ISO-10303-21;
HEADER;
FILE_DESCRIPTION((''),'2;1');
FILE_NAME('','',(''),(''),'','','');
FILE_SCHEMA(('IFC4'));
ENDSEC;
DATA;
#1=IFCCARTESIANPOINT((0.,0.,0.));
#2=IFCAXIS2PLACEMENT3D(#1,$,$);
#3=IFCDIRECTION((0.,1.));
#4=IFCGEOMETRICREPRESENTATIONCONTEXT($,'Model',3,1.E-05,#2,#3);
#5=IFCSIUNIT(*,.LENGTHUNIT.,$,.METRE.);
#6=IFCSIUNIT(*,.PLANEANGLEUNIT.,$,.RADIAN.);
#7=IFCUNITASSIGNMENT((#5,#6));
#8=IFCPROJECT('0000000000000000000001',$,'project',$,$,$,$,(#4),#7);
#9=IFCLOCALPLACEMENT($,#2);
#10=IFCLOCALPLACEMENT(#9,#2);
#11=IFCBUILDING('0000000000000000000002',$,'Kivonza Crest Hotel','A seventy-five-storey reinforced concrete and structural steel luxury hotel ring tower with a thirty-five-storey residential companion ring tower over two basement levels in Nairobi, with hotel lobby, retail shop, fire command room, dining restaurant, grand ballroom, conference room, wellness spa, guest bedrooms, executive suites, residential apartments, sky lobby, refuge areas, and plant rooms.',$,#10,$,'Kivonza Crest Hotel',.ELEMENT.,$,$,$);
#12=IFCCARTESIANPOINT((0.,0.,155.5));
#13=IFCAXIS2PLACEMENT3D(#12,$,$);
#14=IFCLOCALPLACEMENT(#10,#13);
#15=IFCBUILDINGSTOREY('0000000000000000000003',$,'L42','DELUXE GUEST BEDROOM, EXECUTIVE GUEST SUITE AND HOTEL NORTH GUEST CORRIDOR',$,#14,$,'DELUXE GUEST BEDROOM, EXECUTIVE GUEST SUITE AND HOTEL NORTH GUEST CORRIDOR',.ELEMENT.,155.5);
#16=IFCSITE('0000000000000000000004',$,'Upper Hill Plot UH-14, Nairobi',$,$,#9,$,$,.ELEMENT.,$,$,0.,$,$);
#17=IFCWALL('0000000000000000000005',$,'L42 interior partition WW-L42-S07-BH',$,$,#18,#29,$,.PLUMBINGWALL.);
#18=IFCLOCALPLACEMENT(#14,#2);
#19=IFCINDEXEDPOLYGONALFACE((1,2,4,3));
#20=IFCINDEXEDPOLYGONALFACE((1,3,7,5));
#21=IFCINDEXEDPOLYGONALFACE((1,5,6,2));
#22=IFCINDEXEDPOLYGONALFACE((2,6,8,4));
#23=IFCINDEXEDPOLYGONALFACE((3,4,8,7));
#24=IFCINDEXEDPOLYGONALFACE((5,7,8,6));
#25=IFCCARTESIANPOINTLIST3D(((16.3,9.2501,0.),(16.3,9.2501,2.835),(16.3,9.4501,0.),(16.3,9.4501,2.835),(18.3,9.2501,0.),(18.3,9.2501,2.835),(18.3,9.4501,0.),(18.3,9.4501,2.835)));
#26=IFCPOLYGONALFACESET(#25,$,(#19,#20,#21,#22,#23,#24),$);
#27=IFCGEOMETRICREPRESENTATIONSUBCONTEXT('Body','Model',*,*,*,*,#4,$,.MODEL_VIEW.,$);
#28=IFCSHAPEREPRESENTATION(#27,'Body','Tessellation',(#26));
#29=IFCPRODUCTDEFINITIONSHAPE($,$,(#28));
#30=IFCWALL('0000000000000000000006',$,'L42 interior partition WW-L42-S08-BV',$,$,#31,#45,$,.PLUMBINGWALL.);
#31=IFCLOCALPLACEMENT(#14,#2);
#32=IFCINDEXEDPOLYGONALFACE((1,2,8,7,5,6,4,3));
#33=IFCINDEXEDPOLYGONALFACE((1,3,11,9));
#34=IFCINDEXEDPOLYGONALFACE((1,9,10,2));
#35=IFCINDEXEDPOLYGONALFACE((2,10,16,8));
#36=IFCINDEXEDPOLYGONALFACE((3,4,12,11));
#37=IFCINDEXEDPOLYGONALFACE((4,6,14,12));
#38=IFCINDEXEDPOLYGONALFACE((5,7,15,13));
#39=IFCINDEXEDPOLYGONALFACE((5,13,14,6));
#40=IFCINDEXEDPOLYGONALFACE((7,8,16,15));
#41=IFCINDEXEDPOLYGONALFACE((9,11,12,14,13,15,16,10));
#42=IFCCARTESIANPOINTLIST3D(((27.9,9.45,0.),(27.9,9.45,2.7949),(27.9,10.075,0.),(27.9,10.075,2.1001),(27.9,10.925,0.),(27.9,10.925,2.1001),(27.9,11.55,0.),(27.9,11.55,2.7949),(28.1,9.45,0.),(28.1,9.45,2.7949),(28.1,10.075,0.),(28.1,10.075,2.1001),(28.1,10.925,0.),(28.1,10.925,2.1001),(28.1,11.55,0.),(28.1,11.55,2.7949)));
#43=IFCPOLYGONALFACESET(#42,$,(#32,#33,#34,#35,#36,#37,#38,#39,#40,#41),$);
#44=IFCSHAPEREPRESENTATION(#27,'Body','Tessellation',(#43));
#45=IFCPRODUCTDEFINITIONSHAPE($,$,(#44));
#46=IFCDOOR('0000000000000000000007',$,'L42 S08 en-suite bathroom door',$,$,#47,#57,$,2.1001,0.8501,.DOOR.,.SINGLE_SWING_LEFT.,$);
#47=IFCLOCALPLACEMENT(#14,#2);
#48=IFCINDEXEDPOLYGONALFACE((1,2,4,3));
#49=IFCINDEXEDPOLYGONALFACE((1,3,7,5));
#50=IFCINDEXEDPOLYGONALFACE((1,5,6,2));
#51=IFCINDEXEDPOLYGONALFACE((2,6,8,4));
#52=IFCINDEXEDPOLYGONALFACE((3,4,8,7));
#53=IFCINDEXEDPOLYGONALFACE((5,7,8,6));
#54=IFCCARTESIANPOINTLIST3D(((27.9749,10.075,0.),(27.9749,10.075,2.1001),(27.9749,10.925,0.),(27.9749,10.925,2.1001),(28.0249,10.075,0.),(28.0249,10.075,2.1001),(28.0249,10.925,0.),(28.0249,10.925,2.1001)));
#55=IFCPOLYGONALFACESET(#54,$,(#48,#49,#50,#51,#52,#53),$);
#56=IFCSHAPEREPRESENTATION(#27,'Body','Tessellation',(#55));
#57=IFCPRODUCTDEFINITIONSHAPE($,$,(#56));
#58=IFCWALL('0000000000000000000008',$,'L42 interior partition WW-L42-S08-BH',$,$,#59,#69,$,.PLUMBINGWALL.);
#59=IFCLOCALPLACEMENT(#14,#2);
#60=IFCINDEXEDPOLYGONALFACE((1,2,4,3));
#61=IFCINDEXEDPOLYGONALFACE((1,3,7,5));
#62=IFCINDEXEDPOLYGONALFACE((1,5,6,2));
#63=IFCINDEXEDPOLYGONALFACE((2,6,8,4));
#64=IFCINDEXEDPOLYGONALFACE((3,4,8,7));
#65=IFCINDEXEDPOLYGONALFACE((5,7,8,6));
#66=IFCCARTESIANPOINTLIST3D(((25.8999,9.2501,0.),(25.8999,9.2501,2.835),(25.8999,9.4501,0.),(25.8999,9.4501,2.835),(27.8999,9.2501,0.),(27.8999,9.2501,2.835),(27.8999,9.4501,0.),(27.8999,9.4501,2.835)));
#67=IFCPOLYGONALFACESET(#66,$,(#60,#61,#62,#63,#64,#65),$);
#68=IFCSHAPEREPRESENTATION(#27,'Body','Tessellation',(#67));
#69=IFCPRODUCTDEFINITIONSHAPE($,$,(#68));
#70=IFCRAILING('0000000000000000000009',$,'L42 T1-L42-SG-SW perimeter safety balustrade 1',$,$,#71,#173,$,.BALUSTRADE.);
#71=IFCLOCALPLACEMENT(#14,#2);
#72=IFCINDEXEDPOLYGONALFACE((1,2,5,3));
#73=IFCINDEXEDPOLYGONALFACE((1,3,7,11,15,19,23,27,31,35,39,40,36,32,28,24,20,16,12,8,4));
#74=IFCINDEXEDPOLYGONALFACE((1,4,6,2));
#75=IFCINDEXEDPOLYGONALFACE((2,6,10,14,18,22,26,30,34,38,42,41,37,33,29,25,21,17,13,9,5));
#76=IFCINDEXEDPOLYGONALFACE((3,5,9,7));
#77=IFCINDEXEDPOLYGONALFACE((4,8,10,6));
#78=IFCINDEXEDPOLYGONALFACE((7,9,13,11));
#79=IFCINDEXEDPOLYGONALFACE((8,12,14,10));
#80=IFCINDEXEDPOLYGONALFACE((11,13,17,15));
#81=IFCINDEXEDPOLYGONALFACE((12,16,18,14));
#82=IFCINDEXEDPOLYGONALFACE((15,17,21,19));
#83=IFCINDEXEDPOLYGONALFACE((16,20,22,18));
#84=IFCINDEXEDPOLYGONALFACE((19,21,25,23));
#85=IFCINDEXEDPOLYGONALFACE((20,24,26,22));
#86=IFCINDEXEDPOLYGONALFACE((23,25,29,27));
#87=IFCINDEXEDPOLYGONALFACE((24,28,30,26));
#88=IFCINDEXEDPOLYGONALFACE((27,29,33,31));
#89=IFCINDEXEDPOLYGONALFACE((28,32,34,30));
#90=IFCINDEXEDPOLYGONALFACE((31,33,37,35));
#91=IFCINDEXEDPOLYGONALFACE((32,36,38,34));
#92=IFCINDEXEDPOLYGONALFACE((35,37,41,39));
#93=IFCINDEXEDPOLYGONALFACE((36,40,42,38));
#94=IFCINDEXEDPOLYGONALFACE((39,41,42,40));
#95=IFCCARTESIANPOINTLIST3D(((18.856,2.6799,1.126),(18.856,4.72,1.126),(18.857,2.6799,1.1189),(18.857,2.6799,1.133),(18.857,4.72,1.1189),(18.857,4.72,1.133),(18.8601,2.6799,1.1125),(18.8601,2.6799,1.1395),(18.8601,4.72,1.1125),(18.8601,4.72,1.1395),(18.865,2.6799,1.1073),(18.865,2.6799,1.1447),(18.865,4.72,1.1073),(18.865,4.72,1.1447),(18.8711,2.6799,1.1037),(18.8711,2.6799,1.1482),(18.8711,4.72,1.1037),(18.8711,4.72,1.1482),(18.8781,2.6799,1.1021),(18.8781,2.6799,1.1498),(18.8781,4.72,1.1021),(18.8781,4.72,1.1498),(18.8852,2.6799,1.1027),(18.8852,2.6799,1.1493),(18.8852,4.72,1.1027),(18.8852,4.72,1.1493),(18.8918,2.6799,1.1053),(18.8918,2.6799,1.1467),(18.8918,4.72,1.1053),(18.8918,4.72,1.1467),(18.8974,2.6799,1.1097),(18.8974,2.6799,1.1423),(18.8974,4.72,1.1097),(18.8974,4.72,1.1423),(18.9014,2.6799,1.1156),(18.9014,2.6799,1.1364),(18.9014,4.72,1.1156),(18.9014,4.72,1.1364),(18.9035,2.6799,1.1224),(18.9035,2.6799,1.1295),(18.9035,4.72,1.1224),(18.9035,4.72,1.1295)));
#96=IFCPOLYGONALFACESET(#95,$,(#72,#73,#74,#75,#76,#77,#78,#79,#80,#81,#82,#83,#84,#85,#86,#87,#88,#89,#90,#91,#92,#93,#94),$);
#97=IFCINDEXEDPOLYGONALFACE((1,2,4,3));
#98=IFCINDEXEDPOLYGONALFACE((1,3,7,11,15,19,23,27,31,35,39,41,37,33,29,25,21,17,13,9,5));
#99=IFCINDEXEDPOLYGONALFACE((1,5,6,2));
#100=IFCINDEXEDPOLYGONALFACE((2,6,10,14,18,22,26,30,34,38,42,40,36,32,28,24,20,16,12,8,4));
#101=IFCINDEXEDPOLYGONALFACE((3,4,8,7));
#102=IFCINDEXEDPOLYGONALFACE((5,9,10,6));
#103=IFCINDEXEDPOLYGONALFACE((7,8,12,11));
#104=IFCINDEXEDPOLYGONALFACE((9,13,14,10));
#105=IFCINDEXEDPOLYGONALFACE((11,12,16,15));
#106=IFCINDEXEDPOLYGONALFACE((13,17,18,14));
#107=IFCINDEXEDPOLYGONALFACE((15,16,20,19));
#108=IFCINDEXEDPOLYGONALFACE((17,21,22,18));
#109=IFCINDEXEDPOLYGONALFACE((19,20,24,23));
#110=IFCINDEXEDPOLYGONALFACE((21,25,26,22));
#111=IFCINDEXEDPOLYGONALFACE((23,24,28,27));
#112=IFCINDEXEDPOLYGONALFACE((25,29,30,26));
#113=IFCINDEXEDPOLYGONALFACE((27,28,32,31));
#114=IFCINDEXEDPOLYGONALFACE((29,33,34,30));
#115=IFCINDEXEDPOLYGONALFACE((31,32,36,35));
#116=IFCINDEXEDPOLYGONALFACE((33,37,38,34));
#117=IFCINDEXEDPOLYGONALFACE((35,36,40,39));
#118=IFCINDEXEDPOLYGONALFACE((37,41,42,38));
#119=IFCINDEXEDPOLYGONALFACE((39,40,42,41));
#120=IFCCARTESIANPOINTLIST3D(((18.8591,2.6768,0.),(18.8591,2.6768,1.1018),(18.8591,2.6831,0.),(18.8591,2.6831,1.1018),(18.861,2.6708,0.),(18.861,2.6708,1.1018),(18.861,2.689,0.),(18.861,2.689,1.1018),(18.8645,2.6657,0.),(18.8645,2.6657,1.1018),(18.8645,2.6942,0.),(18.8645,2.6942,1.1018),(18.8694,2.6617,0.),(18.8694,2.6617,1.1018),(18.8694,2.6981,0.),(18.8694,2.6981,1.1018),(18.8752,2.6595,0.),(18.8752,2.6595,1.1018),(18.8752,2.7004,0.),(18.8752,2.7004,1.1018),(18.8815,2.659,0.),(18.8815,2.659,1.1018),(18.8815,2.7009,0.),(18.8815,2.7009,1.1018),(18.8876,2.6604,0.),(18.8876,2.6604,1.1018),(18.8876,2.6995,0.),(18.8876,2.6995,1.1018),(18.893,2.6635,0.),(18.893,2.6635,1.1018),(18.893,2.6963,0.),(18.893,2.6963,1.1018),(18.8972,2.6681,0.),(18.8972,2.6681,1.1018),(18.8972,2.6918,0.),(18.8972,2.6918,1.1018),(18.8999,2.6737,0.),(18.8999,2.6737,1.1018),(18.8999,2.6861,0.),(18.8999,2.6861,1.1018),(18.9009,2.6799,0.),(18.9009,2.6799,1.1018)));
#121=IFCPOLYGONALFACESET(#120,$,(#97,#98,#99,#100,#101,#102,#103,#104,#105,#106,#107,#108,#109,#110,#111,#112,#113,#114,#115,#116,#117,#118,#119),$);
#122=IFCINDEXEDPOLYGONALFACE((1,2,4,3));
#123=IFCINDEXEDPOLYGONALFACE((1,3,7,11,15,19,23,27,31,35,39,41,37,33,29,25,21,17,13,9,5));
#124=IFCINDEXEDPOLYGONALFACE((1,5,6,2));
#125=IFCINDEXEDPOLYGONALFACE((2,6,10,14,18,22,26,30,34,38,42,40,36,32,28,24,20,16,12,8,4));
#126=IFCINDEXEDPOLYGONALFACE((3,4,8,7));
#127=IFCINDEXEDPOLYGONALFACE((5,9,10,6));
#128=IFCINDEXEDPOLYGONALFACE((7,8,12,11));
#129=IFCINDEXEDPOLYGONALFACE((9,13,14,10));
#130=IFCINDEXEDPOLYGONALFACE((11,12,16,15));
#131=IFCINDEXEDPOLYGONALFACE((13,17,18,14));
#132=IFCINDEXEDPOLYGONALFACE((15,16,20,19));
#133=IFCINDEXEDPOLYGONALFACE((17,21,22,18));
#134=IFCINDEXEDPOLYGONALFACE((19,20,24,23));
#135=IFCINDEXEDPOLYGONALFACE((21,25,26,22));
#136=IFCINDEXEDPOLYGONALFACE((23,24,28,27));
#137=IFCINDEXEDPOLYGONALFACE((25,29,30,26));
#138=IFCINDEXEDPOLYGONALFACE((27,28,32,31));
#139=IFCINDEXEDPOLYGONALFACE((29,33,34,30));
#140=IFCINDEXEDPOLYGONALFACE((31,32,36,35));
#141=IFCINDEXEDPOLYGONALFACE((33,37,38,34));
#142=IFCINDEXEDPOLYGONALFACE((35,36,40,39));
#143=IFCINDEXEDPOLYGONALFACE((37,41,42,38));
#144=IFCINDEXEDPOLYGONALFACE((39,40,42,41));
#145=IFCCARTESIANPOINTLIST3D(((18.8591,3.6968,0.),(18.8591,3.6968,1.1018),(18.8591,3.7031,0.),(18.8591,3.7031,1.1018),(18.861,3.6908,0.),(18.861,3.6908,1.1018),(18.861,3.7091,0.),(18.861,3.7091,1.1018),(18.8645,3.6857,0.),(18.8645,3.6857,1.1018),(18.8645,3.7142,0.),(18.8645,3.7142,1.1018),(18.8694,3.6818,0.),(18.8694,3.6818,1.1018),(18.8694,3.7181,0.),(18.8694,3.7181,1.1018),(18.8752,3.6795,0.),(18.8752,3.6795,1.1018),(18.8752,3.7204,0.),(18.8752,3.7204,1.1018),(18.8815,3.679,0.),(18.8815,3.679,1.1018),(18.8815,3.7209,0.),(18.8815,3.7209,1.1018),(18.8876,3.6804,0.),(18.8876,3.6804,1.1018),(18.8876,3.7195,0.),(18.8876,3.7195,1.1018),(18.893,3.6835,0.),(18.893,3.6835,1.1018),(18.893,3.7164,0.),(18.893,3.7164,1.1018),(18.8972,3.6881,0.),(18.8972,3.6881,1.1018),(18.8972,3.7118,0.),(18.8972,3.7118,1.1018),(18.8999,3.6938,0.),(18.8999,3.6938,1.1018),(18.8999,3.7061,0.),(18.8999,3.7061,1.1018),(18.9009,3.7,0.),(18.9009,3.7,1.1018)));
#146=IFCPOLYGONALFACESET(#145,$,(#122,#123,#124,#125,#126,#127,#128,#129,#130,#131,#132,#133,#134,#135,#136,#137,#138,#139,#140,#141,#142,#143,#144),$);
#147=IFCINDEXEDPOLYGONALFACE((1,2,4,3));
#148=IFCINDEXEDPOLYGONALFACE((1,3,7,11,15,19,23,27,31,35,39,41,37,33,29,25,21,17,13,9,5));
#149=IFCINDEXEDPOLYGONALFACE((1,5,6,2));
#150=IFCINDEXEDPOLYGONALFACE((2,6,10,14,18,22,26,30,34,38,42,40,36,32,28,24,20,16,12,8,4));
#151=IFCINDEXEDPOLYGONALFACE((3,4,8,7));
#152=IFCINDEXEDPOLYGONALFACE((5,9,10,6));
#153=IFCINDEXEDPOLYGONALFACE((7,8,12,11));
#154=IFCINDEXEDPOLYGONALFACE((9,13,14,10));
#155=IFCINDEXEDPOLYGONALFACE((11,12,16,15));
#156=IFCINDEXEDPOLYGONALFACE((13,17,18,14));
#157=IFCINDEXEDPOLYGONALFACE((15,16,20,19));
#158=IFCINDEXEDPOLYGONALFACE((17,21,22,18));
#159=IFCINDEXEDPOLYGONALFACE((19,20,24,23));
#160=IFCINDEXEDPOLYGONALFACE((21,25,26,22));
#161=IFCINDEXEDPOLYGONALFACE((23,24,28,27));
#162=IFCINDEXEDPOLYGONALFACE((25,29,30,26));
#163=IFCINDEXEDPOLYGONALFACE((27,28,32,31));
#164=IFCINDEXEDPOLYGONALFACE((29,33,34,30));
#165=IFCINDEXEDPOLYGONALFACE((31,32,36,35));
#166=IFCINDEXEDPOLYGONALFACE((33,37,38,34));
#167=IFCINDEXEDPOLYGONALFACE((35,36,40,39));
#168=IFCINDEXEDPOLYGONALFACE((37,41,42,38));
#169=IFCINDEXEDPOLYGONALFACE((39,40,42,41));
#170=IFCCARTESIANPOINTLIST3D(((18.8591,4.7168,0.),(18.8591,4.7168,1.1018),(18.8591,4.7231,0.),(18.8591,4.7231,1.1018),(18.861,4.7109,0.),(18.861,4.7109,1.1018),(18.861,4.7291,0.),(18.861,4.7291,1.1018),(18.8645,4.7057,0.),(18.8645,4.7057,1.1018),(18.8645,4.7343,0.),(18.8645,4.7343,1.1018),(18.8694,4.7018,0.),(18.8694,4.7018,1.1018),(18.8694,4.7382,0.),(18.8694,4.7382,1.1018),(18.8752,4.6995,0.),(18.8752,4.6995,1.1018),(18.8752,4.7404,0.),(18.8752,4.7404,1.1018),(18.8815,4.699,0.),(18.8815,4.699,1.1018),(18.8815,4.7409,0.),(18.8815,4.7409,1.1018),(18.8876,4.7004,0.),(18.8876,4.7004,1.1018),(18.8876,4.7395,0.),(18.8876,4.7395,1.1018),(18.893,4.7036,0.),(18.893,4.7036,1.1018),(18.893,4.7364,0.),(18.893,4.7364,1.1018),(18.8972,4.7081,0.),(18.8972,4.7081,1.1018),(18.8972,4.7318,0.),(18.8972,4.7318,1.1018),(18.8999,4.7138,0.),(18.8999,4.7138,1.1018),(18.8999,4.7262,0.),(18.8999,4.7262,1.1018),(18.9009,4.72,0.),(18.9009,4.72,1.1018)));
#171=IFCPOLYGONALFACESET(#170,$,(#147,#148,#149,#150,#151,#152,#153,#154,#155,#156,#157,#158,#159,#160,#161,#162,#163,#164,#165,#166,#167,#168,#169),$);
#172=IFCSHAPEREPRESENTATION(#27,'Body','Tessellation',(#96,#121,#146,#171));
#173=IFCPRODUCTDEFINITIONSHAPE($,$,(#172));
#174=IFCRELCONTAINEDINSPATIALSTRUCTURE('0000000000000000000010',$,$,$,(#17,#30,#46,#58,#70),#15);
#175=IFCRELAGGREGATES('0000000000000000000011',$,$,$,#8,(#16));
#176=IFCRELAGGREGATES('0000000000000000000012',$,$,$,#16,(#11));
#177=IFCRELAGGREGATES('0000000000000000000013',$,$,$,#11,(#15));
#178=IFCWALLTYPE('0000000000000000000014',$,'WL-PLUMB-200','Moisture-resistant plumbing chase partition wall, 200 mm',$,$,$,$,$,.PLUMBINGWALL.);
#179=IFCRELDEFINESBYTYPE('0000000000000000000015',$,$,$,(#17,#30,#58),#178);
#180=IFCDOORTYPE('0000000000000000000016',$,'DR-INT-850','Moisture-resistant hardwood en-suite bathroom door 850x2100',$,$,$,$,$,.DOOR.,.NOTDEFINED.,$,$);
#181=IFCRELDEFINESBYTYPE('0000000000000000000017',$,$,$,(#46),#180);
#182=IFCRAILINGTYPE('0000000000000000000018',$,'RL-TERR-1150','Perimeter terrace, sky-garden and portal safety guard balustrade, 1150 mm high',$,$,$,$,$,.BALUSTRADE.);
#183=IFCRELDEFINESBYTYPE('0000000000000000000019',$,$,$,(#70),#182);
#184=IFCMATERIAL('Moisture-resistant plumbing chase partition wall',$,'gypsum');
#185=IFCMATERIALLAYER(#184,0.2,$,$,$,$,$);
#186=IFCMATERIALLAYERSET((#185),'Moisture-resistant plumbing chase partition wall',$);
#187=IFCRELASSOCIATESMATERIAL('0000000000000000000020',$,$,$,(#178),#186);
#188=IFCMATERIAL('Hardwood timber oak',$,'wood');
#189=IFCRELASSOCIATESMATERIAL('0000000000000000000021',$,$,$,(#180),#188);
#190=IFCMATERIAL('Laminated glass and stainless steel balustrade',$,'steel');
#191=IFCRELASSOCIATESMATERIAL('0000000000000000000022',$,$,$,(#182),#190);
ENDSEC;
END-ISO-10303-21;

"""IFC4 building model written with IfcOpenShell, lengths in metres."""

from ifc_helpers import new_model, si_unit, direction, frame, frame_2d, origin, origin_2d, place, context, subcontext, project, spatial, rectangle, circle, extrude, material, layer, layer_set, type_object, element, fill, save


model = new_model("IFC4")

# Units and contexts
model_context = context("Model", 3, precision=1e-05, world=origin(), true_north=direction((0.0, 1.0)))
body_context = subcontext(model_context, "Body", "Model", "MODEL_VIEW")
ifc_project = project(units=[si_unit("LENGTHUNIT", "METRE"), si_unit("PLANEANGLEUNIT", "RADIAN")], contexts=[model_context])

# Site, building, storey
site_placement = place(None, origin())
site = spatial("IfcSite", under=ifc_project, at=site_placement, Name="Upper Hill Plot UH-14, Nairobi", CompositionType="ELEMENT", RefElevation=0.0)
building_placement = place(site_placement, origin())
building = spatial("IfcBuilding", under=site, at=building_placement, Name="Kivonza Crest Hotel", Description="A seventy-five-storey reinforced concrete and structural steel luxury hotel ring tower with a thirty-five-storey residential companion ring tower over two basement levels in Nairobi, with hotel lobby, retail shop, fire command room, dining restaurant, grand ballroom, conference room, wellness spa, guest bedrooms, executive suites, residential apartments, sky lobby, refuge areas, and plant rooms.", LongName="Kivonza Crest Hotel", CompositionType="ELEMENT")
storey_placement = place(building_placement, frame((0.0, 0.0, 155.5)))
storey = spatial("IfcBuildingStorey", under=building, at=storey_placement, Name="L42", Description="DELUXE GUEST BEDROOM, EXECUTIVE GUEST SUITE AND HOTEL NORTH GUEST CORRIDOR", LongName="DELUXE GUEST BEDROOM, EXECUTIVE GUEST SUITE AND HOTEL NORTH GUEST CORRIDOR", CompositionType="ELEMENT", Elevation=155.5)

# Shared definitions
ifc_material_1 = material(Name="Hardwood timber oak", Category="wood")

# Shared definitions
ifc_material_2 = material(Name="Moisture-resistant plumbing chase partition wall", Category="gypsum")
ifc_layer_1 = layer(ifc_material_2, 0.2)
ifc_layer_set_1 = layer_set([ifc_layer_1], Name="Moisture-resistant plumbing chase partition wall")
wall_type_1 = type_object("IfcWallType", Name="WL-PLUMB-200", Description="Moisture-resistant plumbing chase partition wall, 200 mm", PredefinedType="PLUMBINGWALL", material=ifc_layer_set_1)
door_type_1 = type_object("IfcDoorType", Name="DR-INT-850", Description="Moisture-resistant hardwood en-suite bathroom door 850x2100", OperationType="NOTDEFINED", PredefinedType="DOOR", material=ifc_material_1)

# Wall
wall_1_placement = place(storey_placement, frame((16.3, 9.3501, 0.0), z_axis=(0.0, 0.0, 1.0), x_axis=(1.0, 0.0, 0.0)))
element("IfcWall", 1, at=wall_1_placement, inside=storey, type_object=wall_type_1, Name="L42 interior partition WW-L42-S07-BH", PredefinedType="PLUMBINGWALL", context=body_context, shape_type="SweptSolid", body=[
    extrude(rectangle(XDim=2.0, YDim=0.2, at=frame_2d((1.0, 0.0))), origin(), (0.0, 0.0, 1.0), 2.835),
])

# Wall, opening, door
wall_2_placement = place(storey_placement, frame((28.0, 9.45, 0.0), z_axis=(0.0, 0.0, 1.0), x_axis=(0.0, 1.0, 0.0)))
wall_2 = element("IfcWall", 2, at=wall_2_placement, inside=storey, type_object=wall_type_1, Name="L42 interior partition WW-L42-S08-BV", PredefinedType="PLUMBINGWALL", context=body_context, shape_type="SweptSolid", body=[
    extrude(rectangle(XDim=2.1001, YDim=0.2, at=frame_2d((1.05, 0.0))), origin(), (0.0, 0.0, 1.0), 2.7949),
])
opening_1_placement = place(wall_2_placement, frame((0.625, 0.0, 0.0)))
opening_1 = element("IfcOpeningElement", 3, at=opening_1_placement, cuts=wall_2, PredefinedType="OPENING", context=body_context, shape_type="SweptSolid", body=[
    extrude(rectangle(XDim=0.8501, YDim=2.1001, at=frame_2d((0.425, 1.05))), frame((0.0, 0.1099, 0.0), z_axis=(0.0, -1.0, 0.0), x_axis=(1.0, 0.0, 0.0)), (0.0, 0.0, 1.0), 0.22),
])
door_1_placement = place(opening_1_placement, frame((0.8501, 0.0, 0.0), z_axis=(0.0, 0.0, 1.0), x_axis=(-1.0, 0.0, 0.0)))
door_1 = element("IfcDoor", 4, at=door_1_placement, inside=storey, type_object=door_type_1, Name="L42 S08 en-suite bathroom door", OperationType="SINGLE_SWING_LEFT", OverallHeight=2.1001, OverallWidth=0.8501, PredefinedType="DOOR", context=body_context, shape_type="SweptSolid", body=[
    extrude(rectangle(XDim=0.8501, YDim=2.1001, at=frame_2d((0.425, 1.05))), frame((0.0, 0.0249, 0.0), z_axis=(0.0, -1.0, 0.0), x_axis=(1.0, 0.0, 0.0)), (0.0, 0.0, 1.0), 0.05),
])
fill(opening_1, door_1)

# Wall
wall_3_placement = place(storey_placement, frame((25.8999, 9.3501, 0.0), z_axis=(0.0, 0.0, 1.0), x_axis=(1.0, 0.0, 0.0)))
element("IfcWall", 5, at=wall_3_placement, inside=storey, type_object=wall_type_1, Name="L42 interior partition WW-L42-S08-BH", PredefinedType="PLUMBINGWALL", context=body_context, shape_type="SweptSolid", body=[
    extrude(rectangle(XDim=2.0, YDim=0.2, at=frame_2d((1.0, 0.0))), origin(), (0.0, 0.0, 1.0), 2.835),
])

# Railing
ifc_material_3 = material(Name="Laminated glass and stainless steel balustrade", Category="steel")
railing_type = type_object("IfcRailingType", Name="RL-TERR-1150", Description="Perimeter terrace, sky-garden and portal safety guard balustrade, 1150 mm high", PredefinedType="BALUSTRADE", material=ifc_material_3)
railing_1_placement = place(storey_placement, frame((18.8799, 2.6799, 0.0)))
element("IfcRailing", 6, at=railing_1_placement, inside=storey, type_object=railing_type, Name="L42 T1-L42-SG-SW perimeter safety balustrade 1", PredefinedType="BALUSTRADE", context=body_context, shape_type="SweptSolid", body=[
    extrude(circle(Radius=0.0239, at=origin_2d()), frame((0.0, 0.0, 1.126), z_axis=(0.0, 1.0, 0.0), x_axis=(-1.0, 0.0, 0.0)), (0.0, 0.0, 1.0), 2.04),
    extrude(circle(Radius=0.021, at=origin_2d()), origin(), (0.0, 0.0, 1.0), 1.1018),
    extrude(circle(Radius=0.021, at=origin_2d()), frame((0.0, 1.02, 0.0)), (0.0, 0.0, 1.0), 1.1018),
    extrude(circle(Radius=0.021, at=origin_2d()), frame((0.0, 2.04, 0.0)), (0.0, 0.0, 1.0), 1.1018),
])

save(model, "model.ifc")
